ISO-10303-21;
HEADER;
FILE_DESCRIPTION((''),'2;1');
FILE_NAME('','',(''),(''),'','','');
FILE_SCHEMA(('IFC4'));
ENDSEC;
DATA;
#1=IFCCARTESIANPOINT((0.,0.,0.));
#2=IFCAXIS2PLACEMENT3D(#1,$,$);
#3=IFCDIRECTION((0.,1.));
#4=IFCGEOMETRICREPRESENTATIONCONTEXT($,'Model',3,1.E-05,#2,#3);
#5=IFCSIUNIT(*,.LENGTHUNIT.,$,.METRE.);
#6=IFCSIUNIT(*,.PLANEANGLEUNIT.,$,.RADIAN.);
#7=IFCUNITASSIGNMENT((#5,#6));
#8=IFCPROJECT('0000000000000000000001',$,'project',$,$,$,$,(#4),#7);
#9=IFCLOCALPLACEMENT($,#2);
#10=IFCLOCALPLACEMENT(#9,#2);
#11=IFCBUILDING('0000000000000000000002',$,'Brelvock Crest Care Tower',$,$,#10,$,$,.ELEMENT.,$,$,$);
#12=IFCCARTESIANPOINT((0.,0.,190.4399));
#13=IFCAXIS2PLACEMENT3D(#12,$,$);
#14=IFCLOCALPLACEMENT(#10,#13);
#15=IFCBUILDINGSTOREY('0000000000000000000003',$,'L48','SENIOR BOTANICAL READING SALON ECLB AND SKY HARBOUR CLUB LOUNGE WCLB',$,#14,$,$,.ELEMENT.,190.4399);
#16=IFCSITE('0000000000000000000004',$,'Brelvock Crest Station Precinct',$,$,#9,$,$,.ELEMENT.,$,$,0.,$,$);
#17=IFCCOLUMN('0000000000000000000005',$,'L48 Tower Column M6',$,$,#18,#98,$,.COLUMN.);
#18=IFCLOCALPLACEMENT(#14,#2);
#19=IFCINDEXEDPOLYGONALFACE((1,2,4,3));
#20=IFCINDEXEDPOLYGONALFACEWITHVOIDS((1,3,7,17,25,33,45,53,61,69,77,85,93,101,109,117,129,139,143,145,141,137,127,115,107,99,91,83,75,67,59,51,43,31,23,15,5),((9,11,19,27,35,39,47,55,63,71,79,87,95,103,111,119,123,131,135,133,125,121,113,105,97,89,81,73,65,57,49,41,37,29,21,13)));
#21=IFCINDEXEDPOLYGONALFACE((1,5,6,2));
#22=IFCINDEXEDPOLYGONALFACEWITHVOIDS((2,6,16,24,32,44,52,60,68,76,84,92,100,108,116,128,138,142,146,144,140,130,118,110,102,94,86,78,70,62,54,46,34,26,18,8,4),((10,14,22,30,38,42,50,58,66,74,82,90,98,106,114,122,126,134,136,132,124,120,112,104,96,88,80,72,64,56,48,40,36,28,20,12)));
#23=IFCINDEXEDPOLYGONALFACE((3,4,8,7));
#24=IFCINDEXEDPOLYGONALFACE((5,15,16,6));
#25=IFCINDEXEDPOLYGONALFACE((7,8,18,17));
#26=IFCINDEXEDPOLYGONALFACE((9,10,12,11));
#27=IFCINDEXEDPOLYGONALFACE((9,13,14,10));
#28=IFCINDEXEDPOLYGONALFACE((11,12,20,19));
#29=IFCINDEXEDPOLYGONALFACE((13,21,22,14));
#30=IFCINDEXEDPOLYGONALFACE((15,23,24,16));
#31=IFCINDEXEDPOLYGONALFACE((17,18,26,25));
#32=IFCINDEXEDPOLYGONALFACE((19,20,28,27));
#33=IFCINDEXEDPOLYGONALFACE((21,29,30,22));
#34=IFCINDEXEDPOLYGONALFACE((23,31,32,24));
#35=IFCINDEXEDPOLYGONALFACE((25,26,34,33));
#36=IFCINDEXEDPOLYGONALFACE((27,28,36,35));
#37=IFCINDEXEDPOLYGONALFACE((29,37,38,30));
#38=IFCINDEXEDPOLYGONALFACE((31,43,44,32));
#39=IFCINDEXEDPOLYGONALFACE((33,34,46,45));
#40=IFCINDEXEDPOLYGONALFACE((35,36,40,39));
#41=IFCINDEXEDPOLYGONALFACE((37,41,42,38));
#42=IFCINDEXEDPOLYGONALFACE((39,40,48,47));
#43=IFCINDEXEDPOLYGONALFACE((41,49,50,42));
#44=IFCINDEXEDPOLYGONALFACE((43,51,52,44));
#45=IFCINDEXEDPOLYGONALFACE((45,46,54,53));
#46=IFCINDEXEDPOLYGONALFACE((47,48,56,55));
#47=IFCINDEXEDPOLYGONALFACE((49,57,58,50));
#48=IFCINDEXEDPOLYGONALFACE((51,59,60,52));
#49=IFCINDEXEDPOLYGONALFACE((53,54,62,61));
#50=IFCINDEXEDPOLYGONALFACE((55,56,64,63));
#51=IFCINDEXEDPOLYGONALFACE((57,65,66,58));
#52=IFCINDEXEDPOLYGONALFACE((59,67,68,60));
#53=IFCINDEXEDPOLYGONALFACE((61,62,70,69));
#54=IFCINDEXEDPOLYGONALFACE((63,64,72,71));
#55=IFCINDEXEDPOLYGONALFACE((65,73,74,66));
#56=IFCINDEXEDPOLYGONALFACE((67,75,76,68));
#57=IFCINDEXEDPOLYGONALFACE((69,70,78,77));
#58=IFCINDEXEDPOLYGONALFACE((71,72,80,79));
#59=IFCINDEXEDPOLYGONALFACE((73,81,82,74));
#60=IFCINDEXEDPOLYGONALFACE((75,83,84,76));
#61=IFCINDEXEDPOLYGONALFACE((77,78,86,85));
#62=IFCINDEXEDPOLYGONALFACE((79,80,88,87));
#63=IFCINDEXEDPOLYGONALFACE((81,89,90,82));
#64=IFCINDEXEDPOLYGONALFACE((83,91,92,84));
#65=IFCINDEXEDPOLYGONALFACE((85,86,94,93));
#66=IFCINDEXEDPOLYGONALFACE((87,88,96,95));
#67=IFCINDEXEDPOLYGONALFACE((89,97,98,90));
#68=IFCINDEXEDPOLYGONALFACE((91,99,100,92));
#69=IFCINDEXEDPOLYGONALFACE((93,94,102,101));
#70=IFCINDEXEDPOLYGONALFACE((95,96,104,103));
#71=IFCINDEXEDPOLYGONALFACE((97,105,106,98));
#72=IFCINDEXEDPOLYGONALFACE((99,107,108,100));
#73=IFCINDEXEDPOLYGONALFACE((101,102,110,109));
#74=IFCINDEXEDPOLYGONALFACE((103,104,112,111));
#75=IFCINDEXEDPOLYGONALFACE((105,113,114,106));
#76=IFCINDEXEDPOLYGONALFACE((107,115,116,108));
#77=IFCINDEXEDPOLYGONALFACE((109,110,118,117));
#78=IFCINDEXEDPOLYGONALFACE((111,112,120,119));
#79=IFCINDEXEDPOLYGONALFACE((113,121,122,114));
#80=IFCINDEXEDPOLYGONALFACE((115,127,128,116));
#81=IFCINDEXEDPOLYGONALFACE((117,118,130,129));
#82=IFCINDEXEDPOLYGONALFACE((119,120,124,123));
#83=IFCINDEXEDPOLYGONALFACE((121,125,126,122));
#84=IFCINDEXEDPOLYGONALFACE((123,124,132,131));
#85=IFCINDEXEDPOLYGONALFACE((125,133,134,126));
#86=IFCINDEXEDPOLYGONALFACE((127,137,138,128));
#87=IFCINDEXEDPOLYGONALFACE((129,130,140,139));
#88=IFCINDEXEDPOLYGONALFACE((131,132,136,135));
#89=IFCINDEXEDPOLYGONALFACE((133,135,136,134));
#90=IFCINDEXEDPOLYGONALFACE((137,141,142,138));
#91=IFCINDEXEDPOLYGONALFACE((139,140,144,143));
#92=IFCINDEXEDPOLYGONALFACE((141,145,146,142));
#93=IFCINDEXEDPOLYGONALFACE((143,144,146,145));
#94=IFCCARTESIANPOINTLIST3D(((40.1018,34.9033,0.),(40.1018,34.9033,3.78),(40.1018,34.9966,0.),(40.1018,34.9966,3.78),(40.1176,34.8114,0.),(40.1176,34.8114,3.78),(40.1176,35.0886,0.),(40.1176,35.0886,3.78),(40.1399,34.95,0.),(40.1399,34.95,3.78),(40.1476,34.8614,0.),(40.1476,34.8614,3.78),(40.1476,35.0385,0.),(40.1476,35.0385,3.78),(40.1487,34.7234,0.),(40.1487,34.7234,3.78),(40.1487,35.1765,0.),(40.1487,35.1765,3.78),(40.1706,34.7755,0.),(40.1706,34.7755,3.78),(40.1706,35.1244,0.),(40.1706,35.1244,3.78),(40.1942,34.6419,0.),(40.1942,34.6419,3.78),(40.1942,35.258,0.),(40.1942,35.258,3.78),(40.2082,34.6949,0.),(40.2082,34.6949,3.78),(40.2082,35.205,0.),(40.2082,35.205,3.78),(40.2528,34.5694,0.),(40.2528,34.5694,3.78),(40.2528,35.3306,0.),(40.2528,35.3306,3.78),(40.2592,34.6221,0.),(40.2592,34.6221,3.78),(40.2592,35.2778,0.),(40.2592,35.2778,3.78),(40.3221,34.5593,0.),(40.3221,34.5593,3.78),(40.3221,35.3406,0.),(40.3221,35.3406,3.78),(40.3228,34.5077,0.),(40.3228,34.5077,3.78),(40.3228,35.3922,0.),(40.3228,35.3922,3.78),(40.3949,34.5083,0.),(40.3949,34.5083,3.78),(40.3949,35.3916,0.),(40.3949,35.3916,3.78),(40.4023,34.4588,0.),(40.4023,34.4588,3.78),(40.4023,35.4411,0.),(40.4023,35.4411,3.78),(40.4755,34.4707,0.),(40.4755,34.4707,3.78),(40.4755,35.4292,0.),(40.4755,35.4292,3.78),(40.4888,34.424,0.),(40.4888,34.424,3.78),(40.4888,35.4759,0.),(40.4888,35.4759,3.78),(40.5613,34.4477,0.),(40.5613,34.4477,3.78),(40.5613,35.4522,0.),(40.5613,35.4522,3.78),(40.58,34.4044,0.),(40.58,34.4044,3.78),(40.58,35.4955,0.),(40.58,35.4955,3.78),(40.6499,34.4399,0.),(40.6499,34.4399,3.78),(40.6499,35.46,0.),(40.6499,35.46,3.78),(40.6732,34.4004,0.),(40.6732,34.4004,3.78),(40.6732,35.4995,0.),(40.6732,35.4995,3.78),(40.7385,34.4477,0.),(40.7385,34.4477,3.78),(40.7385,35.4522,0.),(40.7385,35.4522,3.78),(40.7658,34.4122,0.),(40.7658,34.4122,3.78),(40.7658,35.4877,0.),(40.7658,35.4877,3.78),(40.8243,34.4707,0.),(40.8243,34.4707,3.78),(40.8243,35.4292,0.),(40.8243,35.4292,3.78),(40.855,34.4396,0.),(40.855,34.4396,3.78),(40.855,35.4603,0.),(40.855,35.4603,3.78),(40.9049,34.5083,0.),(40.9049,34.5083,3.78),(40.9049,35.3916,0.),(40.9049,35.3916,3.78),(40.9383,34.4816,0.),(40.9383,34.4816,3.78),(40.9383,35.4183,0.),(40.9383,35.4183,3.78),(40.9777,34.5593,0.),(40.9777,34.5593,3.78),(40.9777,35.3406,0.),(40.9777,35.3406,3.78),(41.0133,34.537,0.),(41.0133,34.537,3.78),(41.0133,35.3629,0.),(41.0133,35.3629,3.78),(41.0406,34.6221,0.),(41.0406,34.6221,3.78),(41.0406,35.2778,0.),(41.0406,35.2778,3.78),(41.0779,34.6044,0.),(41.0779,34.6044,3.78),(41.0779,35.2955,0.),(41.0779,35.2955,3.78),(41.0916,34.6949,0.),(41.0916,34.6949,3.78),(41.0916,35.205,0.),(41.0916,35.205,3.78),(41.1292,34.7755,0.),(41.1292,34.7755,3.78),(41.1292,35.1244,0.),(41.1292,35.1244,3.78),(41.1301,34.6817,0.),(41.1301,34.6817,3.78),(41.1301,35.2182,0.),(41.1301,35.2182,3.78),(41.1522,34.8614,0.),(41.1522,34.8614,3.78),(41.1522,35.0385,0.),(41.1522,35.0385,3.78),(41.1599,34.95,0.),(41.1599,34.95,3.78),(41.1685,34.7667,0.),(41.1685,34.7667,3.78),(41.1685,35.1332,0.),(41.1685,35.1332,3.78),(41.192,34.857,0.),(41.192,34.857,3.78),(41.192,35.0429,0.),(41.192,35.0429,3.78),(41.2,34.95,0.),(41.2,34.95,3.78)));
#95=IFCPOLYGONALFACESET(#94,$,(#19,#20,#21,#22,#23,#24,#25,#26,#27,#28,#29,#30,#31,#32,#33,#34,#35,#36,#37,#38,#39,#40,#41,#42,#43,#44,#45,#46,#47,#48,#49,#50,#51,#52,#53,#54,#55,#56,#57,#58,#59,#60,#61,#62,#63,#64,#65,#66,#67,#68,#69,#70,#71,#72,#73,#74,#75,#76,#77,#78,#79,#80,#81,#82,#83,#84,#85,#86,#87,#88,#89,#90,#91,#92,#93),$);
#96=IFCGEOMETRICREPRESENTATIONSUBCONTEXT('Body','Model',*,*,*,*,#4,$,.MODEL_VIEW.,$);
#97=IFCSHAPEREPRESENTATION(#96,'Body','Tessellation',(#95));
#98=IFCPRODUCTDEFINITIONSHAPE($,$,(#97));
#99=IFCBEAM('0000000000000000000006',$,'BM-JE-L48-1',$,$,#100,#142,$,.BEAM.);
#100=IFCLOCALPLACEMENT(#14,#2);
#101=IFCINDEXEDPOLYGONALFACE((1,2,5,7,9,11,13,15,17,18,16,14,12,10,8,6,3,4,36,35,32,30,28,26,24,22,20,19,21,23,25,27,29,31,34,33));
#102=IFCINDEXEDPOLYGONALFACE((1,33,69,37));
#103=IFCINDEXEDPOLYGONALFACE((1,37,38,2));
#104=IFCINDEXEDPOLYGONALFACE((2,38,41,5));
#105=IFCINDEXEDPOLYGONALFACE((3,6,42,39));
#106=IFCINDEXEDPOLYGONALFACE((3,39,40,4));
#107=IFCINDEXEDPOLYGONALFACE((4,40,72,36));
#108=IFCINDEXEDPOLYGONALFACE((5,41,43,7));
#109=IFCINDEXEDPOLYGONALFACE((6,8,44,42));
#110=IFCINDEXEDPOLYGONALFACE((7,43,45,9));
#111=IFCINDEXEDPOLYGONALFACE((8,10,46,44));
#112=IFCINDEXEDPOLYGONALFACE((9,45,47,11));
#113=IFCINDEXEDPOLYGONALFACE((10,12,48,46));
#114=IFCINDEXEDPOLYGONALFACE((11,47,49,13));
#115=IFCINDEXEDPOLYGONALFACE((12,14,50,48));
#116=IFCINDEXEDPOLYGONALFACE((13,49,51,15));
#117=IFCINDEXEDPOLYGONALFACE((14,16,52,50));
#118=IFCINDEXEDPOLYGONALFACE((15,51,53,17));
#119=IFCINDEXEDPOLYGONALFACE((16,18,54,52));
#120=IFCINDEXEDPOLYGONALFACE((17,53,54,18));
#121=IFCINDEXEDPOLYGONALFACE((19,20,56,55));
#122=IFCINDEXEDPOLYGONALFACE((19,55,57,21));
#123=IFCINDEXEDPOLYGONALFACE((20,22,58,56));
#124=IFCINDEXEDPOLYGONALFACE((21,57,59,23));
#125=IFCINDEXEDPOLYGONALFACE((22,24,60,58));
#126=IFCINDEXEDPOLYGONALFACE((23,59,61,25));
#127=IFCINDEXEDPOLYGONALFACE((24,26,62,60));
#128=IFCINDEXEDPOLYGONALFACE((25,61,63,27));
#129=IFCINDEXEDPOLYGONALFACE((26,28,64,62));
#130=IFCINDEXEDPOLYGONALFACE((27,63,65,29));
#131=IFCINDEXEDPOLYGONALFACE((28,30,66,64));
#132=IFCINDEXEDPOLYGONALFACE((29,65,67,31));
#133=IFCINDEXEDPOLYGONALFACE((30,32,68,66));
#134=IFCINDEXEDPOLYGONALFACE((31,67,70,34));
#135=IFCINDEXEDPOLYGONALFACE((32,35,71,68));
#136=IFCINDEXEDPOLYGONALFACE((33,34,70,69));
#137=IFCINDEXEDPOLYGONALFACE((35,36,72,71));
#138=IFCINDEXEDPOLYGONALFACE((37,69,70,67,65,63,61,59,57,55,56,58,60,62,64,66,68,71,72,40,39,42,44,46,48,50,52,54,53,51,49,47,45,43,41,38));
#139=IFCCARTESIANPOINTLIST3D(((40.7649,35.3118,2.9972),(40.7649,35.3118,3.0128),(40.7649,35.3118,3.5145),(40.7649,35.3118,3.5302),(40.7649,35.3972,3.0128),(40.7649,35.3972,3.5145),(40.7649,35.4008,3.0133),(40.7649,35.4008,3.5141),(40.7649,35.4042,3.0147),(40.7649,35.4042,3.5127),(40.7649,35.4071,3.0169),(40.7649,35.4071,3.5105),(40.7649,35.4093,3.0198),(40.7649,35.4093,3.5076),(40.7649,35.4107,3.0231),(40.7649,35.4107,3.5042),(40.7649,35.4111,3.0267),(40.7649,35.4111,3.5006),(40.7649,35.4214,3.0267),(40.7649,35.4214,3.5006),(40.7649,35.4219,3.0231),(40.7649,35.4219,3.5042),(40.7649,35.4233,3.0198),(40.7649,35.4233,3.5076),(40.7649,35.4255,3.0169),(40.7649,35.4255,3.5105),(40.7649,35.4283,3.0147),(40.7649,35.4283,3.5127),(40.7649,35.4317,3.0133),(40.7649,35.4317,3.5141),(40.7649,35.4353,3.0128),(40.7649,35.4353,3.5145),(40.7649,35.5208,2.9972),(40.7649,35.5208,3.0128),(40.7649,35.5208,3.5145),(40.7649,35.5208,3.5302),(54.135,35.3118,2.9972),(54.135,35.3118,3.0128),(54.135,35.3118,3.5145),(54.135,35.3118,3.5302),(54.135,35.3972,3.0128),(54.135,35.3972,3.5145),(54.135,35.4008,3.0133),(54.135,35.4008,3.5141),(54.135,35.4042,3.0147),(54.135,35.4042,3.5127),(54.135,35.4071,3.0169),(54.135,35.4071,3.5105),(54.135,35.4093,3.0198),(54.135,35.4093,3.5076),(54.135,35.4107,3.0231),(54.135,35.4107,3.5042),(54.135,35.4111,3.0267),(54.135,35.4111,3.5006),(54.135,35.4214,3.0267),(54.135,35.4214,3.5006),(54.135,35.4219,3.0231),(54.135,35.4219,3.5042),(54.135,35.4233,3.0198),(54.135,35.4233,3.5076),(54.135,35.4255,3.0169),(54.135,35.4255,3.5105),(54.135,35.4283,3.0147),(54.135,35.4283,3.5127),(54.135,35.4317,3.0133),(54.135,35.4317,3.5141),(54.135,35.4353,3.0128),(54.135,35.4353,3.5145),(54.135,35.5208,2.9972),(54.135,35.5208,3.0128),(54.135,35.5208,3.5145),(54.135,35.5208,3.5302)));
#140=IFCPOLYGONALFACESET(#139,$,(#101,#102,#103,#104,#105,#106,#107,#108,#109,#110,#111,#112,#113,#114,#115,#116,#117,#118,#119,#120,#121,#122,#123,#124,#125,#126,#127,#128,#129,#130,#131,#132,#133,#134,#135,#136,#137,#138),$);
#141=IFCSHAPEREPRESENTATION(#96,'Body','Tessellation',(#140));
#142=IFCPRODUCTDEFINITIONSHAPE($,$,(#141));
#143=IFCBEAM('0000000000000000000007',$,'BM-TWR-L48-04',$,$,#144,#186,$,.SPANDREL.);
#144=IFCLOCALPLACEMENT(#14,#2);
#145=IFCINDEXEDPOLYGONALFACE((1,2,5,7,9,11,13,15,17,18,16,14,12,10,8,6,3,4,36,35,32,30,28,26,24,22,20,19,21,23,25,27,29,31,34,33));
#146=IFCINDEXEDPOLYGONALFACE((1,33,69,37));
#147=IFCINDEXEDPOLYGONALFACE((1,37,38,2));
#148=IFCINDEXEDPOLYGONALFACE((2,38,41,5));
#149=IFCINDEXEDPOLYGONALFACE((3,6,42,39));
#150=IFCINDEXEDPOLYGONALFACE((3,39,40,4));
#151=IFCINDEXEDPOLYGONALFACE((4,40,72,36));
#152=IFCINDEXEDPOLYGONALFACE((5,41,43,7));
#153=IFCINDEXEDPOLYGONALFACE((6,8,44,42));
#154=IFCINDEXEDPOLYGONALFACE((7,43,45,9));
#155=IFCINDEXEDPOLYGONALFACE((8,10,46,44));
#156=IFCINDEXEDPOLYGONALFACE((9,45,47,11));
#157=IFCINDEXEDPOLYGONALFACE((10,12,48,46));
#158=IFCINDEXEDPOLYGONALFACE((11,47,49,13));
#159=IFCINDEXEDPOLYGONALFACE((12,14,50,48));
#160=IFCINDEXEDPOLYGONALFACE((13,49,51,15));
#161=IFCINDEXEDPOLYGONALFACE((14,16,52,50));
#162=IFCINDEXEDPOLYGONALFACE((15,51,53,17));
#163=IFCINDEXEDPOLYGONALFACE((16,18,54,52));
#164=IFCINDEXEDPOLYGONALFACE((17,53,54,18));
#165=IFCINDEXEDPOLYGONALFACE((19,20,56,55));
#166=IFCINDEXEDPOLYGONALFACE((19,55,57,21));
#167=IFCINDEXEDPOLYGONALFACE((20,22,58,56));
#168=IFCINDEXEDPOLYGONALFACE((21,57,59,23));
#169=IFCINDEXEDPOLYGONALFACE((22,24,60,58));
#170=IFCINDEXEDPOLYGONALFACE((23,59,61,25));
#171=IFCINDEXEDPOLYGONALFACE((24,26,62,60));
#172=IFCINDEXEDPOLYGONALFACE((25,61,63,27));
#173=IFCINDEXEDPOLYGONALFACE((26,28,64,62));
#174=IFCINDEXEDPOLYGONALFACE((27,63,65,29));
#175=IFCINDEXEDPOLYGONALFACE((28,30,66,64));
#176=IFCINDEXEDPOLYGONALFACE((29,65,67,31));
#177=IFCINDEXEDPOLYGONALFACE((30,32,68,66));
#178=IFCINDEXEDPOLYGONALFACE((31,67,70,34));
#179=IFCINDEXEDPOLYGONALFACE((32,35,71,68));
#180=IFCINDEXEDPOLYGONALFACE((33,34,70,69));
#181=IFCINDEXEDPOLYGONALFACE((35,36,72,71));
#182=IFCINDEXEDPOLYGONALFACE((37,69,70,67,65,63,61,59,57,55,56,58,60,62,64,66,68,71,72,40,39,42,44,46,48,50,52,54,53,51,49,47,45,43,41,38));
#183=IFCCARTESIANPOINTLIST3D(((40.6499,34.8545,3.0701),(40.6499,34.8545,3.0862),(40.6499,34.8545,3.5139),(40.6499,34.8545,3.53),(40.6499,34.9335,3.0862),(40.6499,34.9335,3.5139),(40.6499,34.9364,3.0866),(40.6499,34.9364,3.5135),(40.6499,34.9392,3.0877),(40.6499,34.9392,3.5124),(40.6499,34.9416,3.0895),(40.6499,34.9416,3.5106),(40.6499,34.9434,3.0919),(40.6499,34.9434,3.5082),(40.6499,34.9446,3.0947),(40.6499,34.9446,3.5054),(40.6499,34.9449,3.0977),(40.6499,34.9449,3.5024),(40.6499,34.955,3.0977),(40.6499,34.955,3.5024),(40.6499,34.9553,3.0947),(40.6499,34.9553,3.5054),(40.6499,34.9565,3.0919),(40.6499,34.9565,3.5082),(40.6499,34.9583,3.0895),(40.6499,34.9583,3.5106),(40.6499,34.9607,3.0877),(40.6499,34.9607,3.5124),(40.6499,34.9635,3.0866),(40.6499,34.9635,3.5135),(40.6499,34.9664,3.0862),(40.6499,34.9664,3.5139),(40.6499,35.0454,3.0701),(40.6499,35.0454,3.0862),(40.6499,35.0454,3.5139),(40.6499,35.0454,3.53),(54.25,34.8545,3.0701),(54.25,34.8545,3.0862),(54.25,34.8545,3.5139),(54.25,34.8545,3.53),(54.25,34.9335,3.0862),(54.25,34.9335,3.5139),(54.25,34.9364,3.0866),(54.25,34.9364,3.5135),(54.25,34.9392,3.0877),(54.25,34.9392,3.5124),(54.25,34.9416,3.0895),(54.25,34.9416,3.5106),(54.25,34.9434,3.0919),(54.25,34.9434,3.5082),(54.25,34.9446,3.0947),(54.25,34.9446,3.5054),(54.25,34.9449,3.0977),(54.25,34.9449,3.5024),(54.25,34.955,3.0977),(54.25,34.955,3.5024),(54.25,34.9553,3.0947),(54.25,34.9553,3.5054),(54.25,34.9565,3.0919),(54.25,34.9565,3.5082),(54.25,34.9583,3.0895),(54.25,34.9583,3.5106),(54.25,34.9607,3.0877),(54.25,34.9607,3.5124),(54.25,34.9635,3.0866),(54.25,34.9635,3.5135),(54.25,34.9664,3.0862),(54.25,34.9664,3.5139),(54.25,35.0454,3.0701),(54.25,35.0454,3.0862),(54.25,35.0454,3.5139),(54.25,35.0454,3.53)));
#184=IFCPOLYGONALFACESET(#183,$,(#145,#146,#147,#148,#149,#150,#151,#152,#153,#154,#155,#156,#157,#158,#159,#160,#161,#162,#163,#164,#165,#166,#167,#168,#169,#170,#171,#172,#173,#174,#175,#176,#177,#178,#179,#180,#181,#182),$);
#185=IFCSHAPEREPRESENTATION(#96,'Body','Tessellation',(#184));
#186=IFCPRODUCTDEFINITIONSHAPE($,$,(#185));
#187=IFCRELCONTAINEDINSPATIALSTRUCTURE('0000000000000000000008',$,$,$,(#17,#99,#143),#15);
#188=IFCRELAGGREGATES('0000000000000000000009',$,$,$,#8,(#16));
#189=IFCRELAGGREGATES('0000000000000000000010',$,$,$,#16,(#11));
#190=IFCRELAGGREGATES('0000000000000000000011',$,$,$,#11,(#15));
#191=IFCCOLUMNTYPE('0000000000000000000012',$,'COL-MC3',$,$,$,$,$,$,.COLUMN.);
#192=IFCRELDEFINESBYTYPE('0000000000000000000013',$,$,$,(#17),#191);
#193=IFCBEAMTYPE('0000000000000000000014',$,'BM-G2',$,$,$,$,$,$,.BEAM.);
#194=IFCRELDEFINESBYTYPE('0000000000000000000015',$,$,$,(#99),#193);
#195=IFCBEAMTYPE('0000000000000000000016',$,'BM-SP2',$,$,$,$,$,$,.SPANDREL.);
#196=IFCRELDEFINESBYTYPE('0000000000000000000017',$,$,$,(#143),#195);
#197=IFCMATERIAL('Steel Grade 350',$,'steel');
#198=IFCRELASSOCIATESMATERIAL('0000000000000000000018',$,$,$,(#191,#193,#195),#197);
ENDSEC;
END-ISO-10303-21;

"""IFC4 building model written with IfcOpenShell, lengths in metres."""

from ifc_helpers import new_model, si_unit, direction, frame, origin, origin_2d, place, context, subcontext, project, spatial, hollow_circle, i_section, extrude, source, transform, mapped, material, material_profile, profile_set, type_object, element, save


model = new_model("IFC4")

# Units and contexts
model_context = context("Model", 3, precision=1e-05, world=origin(), true_north=direction((0.0, 1.0)))
body_context = subcontext(model_context, "Body", "Model", "MODEL_VIEW")
ifc_project = project(units=[si_unit("LENGTHUNIT", "METRE"), si_unit("PLANEANGLEUNIT", "RADIAN")], contexts=[model_context])

# Site, building, storey
site_placement = place(None, origin())
site = spatial("IfcSite", under=ifc_project, at=site_placement, Name="Brelvock Crest Station Precinct", CompositionType="ELEMENT", RefElevation=0.0)
building_placement = place(site_placement, origin())
building = spatial("IfcBuilding", under=site, at=building_placement, Name="Brelvock Crest Care Tower", CompositionType="ELEMENT")
storey_placement = place(building_placement, frame((0.0, 0.0, 190.4399)))
storey = spatial("IfcBuildingStorey", under=building, at=storey_placement, Name="L48", Description="SENIOR BOTANICAL READING SALON ECLB AND SKY HARBOUR CLUB LOUNGE WCLB", CompositionType="ELEMENT", Elevation=190.4399)

# Column
ifc_material_1 = material(Name="Steel Grade 350", Category="steel")
ifc_material_profile_1 = material_profile(ifc_material_1, hollow_circle(Radius=0.55, WallThickness=0.04, at=origin_2d()), Name="CFT1100x40")
ifc_profile_set_1 = profile_set([ifc_material_profile_1], Name="Steel Grade 350")
column_type = type_object("IfcColumnType", Name="COL-MC3", PredefinedType="COLUMN", material=ifc_profile_set_1)
shared_shape_1 = source(origin(), body_context, "Body", "SweptSolid", [
    extrude(hollow_circle(Radius=0.55, WallThickness=0.04, at=origin_2d()), origin(), (0.0, 0.0, 1.0), 3.78),
])
column_placement = place(storey_placement, frame((40.6499, 34.95, 0.0), z_axis=(0.0, 0.0, 1.0), x_axis=(1.0, 0.0, 0.0)))
element("IfcColumn", 1, at=column_placement, inside=storey, type_object=column_type, Name="L48 Tower Column M6", PredefinedType="COLUMN", context=body_context, shape_type="MappedRepresentation", body=[
    mapped(shared_shape_1, transform((0.0, 0.0, 0.0), x_axis=(1.0, 0.0, 0.0), y_axis=(0.0, 1.0, 0.0), z_axis=(0.0, 0.0, 1.0), scale=1.0)),
])

# Beams
ifc_material_profile_2 = material_profile(ifc_material_1, i_section(OverallWidth=0.209, OverallDepth=0.533, WebThickness=0.0103, FlangeThickness=0.0156, FilletRadius=0.0139, at=origin_2d()), Name="530UB92.4")
ifc_profile_set_2 = profile_set([ifc_material_profile_2], Name="Steel Grade 350")
beam_type_1 = type_object("IfcBeamType", Name="BM-G2", PredefinedType="BEAM", material=ifc_profile_set_2)
shared_shape_2 = source(origin(), body_context, "Body", "SweptSolid", [
    extrude(i_section(OverallWidth=0.209, OverallDepth=0.533, WebThickness=0.0103, FlangeThickness=0.0156, FilletRadius=0.0139, at=origin_2d()), origin(), (0.0, 0.0, 1.0), 13.3701),
])
beam_1_placement = place(storey_placement, frame((40.7649, 35.4163, 3.2637), z_axis=(1.0, 0.0, 0.0), x_axis=(0.0, 1.0, 0.0)))
element("IfcBeam", 2, at=beam_1_placement, inside=storey, type_object=beam_type_1, Name="BM-JE-L48-1", PredefinedType="BEAM", context=body_context, shape_type="MappedRepresentation", body=[
    mapped(shared_shape_2, transform((0.0, 0.0, 0.0), x_axis=(1.0, 0.0, 0.0), y_axis=(0.0, 1.0, 0.0), z_axis=(0.0, 0.0, 1.0), scale=1.0)),
])
ifc_material_profile_3 = material_profile(ifc_material_1, i_section(OverallWidth=0.1909, OverallDepth=0.46, WebThickness=0.01, FlangeThickness=0.0161, FilletRadius=0.0115, at=origin_2d()), Name="460UB82.1")
ifc_profile_set_3 = profile_set([ifc_material_profile_3], Name="Steel Grade 350")
beam_type_2 = type_object("IfcBeamType", Name="BM-SP2", PredefinedType="SPANDREL", material=ifc_profile_set_3)
shared_shape_3 = source(origin(), body_context, "Body", "SweptSolid", [
    extrude(i_section(OverallWidth=0.1909, OverallDepth=0.46, WebThickness=0.01, FlangeThickness=0.0161, FilletRadius=0.0115, at=origin_2d()), origin(), (0.0, 0.0, 1.0), 13.6001),
])
beam_2_placement = place(storey_placement, frame((40.6499, 34.95, 3.3), z_axis=(1.0, 0.0, 0.0), x_axis=(0.0, 1.0, 0.0)))
element("IfcBeam", 3, at=beam_2_placement, inside=storey, type_object=beam_type_2, Name="BM-TWR-L48-04", PredefinedType="SPANDREL", context=body_context, shape_type="MappedRepresentation", body=[
    mapped(shared_shape_3, transform((0.0, 0.0, 0.0), x_axis=(1.0, 0.0, 0.0), y_axis=(0.0, 1.0, 0.0), z_axis=(0.0, 0.0, 1.0), scale=1.0)),
])

save(model, "model.ifc")
